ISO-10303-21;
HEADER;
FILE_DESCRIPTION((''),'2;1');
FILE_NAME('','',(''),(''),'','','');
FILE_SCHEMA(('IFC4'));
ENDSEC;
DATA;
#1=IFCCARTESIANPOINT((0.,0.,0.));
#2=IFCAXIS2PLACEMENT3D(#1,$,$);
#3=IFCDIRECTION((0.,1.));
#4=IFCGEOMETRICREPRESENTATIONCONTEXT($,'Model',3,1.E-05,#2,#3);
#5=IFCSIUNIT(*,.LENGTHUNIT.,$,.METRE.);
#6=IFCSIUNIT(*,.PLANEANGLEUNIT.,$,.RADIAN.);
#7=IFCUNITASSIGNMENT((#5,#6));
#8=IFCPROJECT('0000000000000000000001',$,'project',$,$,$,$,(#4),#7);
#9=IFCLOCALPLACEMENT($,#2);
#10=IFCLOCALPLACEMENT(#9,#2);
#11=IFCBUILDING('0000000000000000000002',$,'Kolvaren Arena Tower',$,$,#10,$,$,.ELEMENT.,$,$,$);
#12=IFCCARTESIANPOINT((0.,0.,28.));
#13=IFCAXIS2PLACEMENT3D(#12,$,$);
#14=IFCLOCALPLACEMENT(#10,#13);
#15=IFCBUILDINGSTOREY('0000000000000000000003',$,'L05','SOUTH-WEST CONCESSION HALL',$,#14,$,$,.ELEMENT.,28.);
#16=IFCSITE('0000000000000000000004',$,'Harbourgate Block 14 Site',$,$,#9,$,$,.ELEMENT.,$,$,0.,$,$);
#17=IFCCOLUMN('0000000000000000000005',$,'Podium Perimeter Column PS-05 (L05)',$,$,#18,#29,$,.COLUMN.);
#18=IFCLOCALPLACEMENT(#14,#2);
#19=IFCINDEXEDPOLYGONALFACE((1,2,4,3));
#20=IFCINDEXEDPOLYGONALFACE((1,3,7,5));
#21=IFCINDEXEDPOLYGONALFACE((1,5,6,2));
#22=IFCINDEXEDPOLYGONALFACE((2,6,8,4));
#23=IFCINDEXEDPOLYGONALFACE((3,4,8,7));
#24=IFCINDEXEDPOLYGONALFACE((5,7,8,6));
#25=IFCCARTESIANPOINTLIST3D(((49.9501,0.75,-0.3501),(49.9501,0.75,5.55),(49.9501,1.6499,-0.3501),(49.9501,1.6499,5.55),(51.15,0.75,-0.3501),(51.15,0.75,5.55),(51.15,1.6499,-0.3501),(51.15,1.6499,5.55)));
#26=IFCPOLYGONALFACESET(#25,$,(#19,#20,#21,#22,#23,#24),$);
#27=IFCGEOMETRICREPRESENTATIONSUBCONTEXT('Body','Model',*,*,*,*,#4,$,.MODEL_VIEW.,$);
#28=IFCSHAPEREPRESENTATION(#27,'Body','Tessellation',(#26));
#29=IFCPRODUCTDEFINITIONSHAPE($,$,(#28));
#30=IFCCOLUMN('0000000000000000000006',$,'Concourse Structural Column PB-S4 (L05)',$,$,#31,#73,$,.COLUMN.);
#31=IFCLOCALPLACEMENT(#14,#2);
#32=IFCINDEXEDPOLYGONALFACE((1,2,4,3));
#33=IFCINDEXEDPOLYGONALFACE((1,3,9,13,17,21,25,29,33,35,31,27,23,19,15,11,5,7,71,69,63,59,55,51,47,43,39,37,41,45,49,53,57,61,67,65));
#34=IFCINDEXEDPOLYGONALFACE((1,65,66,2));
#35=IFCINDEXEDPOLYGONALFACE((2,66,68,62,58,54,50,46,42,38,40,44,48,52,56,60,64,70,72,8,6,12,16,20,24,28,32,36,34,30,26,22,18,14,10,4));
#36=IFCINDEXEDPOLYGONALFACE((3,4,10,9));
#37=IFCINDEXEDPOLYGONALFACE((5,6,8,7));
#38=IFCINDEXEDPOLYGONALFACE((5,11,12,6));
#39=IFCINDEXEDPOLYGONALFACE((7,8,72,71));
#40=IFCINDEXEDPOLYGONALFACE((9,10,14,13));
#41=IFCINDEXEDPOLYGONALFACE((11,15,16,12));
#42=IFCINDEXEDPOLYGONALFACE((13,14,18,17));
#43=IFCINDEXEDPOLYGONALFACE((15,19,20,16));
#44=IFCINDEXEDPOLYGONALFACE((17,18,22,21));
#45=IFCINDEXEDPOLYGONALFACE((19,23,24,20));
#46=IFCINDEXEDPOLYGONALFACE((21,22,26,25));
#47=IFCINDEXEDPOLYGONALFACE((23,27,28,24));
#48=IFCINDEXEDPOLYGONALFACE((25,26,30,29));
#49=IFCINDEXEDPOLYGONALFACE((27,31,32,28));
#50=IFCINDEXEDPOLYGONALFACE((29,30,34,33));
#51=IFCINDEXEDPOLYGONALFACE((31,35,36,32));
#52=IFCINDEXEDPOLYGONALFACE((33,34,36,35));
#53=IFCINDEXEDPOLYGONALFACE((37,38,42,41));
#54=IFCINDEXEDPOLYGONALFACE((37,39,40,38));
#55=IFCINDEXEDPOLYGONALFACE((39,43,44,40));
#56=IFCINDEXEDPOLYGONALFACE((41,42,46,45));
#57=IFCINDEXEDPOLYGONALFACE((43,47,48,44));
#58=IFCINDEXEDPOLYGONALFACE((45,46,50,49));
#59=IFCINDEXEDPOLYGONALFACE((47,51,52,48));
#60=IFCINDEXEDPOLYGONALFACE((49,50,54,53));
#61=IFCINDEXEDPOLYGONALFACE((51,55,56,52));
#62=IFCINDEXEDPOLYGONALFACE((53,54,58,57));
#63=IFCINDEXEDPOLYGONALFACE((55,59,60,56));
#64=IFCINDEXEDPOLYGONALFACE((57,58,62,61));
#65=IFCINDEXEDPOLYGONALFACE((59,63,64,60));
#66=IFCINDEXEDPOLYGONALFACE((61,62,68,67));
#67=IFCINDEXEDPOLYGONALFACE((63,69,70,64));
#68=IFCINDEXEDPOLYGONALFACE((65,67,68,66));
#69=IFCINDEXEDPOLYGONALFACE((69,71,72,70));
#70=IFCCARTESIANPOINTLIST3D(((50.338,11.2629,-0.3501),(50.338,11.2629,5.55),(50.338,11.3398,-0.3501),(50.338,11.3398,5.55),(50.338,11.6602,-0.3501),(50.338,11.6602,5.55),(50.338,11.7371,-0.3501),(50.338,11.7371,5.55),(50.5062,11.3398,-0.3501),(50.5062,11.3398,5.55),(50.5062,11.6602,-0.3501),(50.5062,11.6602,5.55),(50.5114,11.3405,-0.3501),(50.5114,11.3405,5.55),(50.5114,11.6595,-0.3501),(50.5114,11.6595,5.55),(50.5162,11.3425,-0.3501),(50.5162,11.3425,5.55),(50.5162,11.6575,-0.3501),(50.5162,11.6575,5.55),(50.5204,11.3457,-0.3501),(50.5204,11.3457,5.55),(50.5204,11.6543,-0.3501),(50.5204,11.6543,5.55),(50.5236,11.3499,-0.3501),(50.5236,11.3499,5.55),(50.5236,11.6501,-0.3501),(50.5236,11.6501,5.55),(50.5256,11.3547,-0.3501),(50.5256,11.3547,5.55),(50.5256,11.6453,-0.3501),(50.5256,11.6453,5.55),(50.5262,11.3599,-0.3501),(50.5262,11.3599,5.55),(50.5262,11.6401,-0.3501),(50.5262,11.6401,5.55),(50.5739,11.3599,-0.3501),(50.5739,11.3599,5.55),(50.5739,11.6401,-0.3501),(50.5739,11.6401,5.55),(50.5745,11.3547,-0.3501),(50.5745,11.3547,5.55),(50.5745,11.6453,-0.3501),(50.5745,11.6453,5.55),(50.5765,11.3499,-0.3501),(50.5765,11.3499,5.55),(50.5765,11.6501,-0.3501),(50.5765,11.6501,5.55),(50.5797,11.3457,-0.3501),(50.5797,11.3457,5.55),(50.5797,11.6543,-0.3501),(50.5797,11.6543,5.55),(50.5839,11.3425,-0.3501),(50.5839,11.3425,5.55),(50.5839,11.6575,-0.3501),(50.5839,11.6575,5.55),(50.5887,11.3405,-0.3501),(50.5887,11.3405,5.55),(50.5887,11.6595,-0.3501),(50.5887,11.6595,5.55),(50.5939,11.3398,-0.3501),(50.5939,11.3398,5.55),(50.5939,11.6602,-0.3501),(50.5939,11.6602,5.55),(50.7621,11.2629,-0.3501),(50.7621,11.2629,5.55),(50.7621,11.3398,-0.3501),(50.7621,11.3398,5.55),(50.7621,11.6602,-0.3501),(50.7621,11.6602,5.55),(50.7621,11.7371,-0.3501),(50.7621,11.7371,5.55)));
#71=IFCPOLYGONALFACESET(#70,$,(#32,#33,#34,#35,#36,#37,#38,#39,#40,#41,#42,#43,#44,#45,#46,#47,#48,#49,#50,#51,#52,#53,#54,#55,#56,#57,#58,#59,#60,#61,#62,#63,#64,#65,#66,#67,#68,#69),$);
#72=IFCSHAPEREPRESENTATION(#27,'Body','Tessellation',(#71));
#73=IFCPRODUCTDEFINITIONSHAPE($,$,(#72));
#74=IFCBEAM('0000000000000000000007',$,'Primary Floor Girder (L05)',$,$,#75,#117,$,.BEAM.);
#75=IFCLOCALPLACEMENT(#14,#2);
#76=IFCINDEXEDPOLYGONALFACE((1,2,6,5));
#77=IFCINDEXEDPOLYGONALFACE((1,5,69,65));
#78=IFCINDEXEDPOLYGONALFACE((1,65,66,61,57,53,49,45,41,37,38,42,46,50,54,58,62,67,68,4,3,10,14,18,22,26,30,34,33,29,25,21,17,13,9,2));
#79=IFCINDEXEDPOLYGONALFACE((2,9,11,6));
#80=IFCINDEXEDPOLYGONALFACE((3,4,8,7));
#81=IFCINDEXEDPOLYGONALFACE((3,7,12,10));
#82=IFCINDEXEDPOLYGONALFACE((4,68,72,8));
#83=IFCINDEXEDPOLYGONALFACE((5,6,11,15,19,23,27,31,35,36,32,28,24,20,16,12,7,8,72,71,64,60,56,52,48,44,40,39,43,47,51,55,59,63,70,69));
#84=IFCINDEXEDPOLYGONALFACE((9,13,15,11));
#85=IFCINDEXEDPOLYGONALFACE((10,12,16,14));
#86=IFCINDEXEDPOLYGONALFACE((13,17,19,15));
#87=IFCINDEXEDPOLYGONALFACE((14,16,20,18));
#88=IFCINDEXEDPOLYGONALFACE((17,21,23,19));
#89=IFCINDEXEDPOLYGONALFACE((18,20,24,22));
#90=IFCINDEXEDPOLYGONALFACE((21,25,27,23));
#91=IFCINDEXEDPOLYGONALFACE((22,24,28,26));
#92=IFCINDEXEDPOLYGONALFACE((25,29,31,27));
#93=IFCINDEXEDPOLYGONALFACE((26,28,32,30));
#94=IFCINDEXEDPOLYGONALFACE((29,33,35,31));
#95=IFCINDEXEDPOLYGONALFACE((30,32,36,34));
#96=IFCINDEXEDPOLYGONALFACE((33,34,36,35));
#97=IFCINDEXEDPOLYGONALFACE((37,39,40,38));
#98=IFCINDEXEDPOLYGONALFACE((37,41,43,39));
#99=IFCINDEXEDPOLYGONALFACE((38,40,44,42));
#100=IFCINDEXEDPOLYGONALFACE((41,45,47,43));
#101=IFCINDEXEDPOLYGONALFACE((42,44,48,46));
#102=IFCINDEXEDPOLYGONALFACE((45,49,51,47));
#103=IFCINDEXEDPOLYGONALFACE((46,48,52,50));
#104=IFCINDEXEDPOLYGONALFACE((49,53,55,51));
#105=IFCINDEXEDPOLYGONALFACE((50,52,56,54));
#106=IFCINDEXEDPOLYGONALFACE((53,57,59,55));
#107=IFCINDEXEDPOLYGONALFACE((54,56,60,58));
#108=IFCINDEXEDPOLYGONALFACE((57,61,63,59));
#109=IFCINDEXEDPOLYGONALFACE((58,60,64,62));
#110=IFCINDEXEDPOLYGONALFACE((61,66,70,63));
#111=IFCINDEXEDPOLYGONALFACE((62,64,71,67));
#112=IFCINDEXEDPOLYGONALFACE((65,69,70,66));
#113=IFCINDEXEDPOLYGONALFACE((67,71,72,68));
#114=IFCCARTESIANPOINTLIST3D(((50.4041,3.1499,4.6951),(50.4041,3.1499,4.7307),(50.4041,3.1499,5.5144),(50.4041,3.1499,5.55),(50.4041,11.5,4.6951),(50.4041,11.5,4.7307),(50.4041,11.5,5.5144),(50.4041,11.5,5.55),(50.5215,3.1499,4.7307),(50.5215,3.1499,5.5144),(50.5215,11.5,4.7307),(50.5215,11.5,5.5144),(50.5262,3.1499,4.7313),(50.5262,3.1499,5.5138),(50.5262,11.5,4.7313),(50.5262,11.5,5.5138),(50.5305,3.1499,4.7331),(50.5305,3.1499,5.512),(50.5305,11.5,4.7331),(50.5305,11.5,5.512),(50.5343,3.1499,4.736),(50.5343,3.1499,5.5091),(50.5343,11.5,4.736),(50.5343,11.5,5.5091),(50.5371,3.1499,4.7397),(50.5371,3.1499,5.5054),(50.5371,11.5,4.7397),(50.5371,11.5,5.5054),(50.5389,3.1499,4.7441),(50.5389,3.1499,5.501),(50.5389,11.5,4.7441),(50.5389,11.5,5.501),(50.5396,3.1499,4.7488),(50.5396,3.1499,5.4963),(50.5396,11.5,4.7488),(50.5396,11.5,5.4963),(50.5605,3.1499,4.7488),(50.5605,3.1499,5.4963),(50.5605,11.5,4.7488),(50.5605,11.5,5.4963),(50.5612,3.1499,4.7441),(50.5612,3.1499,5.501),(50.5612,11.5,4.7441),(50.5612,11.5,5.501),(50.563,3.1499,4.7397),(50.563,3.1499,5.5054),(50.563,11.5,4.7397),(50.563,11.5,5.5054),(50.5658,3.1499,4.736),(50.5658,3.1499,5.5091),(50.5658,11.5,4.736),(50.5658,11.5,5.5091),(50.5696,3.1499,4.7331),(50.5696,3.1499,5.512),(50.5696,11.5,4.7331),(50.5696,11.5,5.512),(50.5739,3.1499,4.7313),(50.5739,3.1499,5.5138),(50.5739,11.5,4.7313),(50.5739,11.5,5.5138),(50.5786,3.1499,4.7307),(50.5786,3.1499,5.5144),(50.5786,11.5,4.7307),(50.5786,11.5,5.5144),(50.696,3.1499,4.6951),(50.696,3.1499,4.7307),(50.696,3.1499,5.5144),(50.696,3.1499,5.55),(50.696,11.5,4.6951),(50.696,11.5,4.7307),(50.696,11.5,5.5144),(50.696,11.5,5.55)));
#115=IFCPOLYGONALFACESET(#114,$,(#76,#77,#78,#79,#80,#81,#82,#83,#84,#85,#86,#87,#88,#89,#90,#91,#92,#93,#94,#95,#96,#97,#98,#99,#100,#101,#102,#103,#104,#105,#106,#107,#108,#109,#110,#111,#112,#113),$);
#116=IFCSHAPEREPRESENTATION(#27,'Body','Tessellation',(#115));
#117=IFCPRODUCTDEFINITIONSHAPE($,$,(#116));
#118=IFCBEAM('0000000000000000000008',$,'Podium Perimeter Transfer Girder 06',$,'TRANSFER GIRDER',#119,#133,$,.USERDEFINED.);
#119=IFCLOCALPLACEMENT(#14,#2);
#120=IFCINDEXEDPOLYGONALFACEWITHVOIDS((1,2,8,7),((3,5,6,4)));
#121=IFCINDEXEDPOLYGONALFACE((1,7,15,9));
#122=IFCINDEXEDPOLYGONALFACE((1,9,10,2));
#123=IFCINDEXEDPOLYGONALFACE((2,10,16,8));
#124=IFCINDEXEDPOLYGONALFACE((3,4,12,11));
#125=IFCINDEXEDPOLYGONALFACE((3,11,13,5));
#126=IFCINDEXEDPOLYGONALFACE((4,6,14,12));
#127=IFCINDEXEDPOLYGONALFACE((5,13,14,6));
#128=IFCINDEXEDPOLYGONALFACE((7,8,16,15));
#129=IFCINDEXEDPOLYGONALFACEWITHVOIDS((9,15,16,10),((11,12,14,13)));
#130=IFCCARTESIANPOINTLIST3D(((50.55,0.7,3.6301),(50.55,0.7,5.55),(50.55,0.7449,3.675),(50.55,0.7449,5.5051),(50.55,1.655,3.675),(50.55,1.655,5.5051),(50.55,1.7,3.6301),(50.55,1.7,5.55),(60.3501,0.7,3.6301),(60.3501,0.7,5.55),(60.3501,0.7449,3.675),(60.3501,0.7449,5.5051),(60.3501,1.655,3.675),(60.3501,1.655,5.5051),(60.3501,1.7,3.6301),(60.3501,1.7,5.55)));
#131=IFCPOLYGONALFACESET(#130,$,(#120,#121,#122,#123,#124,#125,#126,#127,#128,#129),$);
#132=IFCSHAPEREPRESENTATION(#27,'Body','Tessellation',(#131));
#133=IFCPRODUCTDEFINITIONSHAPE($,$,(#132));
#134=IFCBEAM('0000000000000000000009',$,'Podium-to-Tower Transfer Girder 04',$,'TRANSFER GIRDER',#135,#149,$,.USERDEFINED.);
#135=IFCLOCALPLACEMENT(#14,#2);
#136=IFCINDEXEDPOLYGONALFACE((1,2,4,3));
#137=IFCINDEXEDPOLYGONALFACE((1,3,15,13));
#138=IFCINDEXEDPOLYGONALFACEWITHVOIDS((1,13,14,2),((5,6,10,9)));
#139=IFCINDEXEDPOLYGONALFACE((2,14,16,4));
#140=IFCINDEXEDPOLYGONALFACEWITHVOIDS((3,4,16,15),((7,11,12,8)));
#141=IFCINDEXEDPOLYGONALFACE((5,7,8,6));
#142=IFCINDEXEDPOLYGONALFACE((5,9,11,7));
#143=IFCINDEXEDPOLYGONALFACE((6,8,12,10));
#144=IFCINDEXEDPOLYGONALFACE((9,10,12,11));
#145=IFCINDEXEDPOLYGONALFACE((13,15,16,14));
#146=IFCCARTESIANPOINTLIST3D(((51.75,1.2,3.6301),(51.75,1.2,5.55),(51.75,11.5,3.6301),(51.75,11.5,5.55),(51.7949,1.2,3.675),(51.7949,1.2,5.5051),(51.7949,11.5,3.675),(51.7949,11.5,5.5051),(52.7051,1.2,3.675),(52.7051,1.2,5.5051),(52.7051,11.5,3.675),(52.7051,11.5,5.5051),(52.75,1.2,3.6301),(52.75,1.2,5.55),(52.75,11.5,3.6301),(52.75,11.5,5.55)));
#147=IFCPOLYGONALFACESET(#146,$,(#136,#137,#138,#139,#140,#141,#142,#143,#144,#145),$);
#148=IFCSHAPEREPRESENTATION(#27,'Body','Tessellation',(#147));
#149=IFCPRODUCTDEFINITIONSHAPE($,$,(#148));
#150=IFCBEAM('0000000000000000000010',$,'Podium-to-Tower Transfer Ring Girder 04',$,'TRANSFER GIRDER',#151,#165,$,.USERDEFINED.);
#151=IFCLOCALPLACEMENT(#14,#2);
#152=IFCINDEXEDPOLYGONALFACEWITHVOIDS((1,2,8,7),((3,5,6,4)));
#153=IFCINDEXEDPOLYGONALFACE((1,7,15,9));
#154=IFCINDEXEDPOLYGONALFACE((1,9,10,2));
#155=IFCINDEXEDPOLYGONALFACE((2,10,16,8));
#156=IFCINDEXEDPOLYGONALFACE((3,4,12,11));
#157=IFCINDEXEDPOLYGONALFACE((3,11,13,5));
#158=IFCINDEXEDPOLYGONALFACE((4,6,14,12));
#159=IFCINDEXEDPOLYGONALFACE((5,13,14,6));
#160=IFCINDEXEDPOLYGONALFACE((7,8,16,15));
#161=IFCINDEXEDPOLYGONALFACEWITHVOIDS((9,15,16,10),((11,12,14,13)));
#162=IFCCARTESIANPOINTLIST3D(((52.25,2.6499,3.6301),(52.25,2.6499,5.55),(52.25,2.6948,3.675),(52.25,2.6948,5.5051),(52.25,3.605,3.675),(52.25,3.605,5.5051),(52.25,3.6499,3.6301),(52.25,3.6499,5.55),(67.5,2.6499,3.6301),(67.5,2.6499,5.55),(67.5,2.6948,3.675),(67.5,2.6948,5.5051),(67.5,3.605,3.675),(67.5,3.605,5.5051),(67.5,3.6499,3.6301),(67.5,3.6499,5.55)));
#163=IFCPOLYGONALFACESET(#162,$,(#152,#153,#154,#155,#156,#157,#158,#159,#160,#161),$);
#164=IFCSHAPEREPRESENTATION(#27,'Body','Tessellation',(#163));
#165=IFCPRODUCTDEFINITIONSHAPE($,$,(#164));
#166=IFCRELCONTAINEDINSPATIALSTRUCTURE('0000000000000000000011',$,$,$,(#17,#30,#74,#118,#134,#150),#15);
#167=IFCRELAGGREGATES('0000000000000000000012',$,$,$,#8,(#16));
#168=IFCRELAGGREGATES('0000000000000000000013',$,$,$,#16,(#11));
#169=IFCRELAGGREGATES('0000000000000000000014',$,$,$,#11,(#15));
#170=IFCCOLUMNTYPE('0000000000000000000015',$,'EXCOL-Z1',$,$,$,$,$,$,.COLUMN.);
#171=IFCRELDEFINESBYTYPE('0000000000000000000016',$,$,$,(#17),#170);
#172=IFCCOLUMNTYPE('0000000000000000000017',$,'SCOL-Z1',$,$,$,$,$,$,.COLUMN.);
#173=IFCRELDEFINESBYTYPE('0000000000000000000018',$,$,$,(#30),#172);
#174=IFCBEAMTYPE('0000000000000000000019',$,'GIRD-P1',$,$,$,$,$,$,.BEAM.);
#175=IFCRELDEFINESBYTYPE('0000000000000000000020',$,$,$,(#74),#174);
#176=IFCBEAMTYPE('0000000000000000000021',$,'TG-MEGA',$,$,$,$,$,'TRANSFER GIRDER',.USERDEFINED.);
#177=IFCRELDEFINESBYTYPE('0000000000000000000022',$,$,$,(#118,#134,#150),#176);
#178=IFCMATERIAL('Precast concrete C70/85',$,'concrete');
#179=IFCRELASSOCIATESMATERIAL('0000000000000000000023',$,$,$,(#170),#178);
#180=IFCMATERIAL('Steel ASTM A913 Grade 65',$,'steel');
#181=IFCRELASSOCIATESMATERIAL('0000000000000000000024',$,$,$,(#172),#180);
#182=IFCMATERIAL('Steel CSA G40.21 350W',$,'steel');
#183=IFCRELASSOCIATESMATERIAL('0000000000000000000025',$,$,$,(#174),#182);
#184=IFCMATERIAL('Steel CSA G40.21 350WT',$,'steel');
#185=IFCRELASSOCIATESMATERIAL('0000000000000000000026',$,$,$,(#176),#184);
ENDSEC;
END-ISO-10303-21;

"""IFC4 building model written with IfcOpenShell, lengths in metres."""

from ifc_helpers import new_model, si_unit, direction, frame, origin, origin_2d, place, context, subcontext, project, spatial, rectangle, hollow_rectangle, i_section, extrude, material, material_profile, profile_set, type_object, element, save


model = new_model("IFC4")

# Units and contexts
model_context = context("Model", 3, precision=1e-05, world=origin(), true_north=direction((0.0, 1.0)))
body_context = subcontext(model_context, "Body", "Model", "MODEL_VIEW")
ifc_project = project(units=[si_unit("LENGTHUNIT", "METRE"), si_unit("PLANEANGLEUNIT", "RADIAN")], contexts=[model_context])

# Site, building, storey
site_placement = place(None, origin())
site = spatial("IfcSite", under=ifc_project, at=site_placement, Name="Harbourgate Block 14 Site", CompositionType="ELEMENT", RefElevation=0.0)
building_placement = place(site_placement, origin())
building = spatial("IfcBuilding", under=site, at=building_placement, Name="Kolvaren Arena Tower", CompositionType="ELEMENT")
storey_placement = place(building_placement, frame((0.0, 0.0, 28.0)))
storey = spatial("IfcBuildingStorey", under=building, at=storey_placement, Name="L05", Description="SOUTH-WEST CONCESSION HALL", CompositionType="ELEMENT", Elevation=28.0)

# Columns
ifc_material_1 = material(Name="Precast concrete C70/85", Category="concrete")
ifc_material_profile_1 = material_profile(ifc_material_1, rectangle(XDim=1.2, YDim=0.8999, at=origin_2d()), Name="RC-1200x900")
ifc_profile_set_1 = profile_set([ifc_material_profile_1], Name="Precast concrete C70/85")
column_type_1 = type_object("IfcColumnType", Name="EXCOL-Z1", PredefinedType="COLUMN", material=ifc_profile_set_1)
column_1_placement = place(storey_placement, frame((50.55, 1.2, -0.3501), z_axis=(0.0, 0.0, 1.0), x_axis=(1.0, 0.0, 0.0)))
element("IfcColumn", 1, at=column_1_placement, inside=storey, type_object=column_type_1, Name="Podium Perimeter Column PS-05 (L05)", PredefinedType="COLUMN", context=body_context, shape_type="SweptSolid", body=[
    extrude(rectangle(XDim=1.2, YDim=0.8999, at=origin_2d()), origin(), (0.0, 0.0, 1.0), 5.9001),
])
ifc_material_2 = material(Name="Steel ASTM A913 Grade 65", Category="steel")
ifc_material_profile_2 = material_profile(ifc_material_2, i_section(OverallWidth=0.4241, OverallDepth=0.4741, WebThickness=0.0476, FlangeThickness=0.0769, FilletRadius=0.02, at=origin_2d()), Name="W360x634")
ifc_profile_set_2 = profile_set([ifc_material_profile_2], Name="Steel ASTM A913 Grade 65")
column_type_2 = type_object("IfcColumnType", Name="SCOL-Z1", PredefinedType="COLUMN", material=ifc_profile_set_2)
column_2_placement = place(storey_placement, frame((50.55, 11.5, -0.3501), z_axis=(0.0, 0.0, 1.0), x_axis=(1.0, 0.0, 0.0)))
element("IfcColumn", 2, at=column_2_placement, inside=storey, type_object=column_type_2, Name="Concourse Structural Column PB-S4 (L05)", PredefinedType="COLUMN", context=body_context, shape_type="SweptSolid", body=[
    extrude(i_section(OverallWidth=0.4241, OverallDepth=0.4741, WebThickness=0.0476, FlangeThickness=0.0769, FilletRadius=0.02, at=origin_2d()), origin(), (0.0, 0.0, 1.0), 5.9001),
])

# Beams
ifc_material_3 = material(Name="Steel CSA G40.21 350W", Category="steel")
ifc_material_profile_3 = material_profile(ifc_material_3, i_section(OverallWidth=0.292, OverallDepth=0.855, WebThickness=0.021, FlangeThickness=0.0356, FilletRadius=0.0181, at=origin_2d()), Name="W840x299")
ifc_profile_set_3 = profile_set([ifc_material_profile_3], Name="Steel CSA G40.21 350W")
beam_type_1 = type_object("IfcBeamType", Name="GIRD-P1", PredefinedType="BEAM", material=ifc_profile_set_3)
beam_1_placement = place(storey_placement, frame((50.55, 3.1499, 5.1226), z_axis=(0.0, 1.0, 0.0), x_axis=(-1.0, 0.0, 0.0)))
element("IfcBeam", 3, at=beam_1_placement, inside=storey, type_object=beam_type_1, Name="Primary Floor Girder (L05)", PredefinedType="BEAM", context=body_context, shape_type="SweptSolid", body=[
    extrude(i_section(OverallWidth=0.292, OverallDepth=0.855, WebThickness=0.021, FlangeThickness=0.0356, FilletRadius=0.0181, at=origin_2d()), origin(), (0.0, 0.0, 1.0), 8.3501),
])
ifc_material_4 = material(Name="Steel CSA G40.21 350WT", Category="steel")
ifc_material_profile_4 = material_profile(ifc_material_4, hollow_rectangle(XDim=1.0, YDim=1.9199, WallThickness=0.0449, at=origin_2d()), Name="BOX 1000x1920x45")
ifc_profile_set_4 = profile_set([ifc_material_profile_4], Name="Steel CSA G40.21 350WT")
beam_type_2 = type_object("IfcBeamType", Name="TG-MEGA", ElementType="TRANSFER GIRDER", PredefinedType="USERDEFINED", material=ifc_profile_set_4)
beam_2_placement = place(storey_placement, frame((50.55, 1.2, 4.5901), z_axis=(1.0, 0.0, 0.0), x_axis=(0.0, 1.0, 0.0)))
element("IfcBeam", 4, at=beam_2_placement, inside=storey, type_object=beam_type_2, Name="Podium Perimeter Transfer Girder 06", ObjectType="TRANSFER GIRDER", PredefinedType="USERDEFINED", context=body_context, shape_type="SweptSolid", body=[
    extrude(hollow_rectangle(XDim=1.0, YDim=1.9199, WallThickness=0.0449, at=origin_2d()), origin(), (0.0, 0.0, 1.0), 9.8),
])
beam_3_placement = place(storey_placement, frame((52.25, 1.2, 4.5901), z_axis=(0.0, 1.0, 0.0), x_axis=(-1.0, 0.0, 0.0)))
element("IfcBeam", 5, at=beam_3_placement, inside=storey, type_object=beam_type_2, Name="Podium-to-Tower Transfer Girder 04", ObjectType="TRANSFER GIRDER", PredefinedType="USERDEFINED", context=body_context, shape_type="SweptSolid", body=[
    extrude(hollow_rectangle(XDim=1.0, YDim=1.9199, WallThickness=0.0449, at=origin_2d()), origin(), (0.0, 0.0, 1.0), 10.3),
])
beam_4_placement = place(storey_placement, frame((52.25, 3.1499, 4.5901), z_axis=(1.0, 0.0, 0.0), x_axis=(0.0, 1.0, 0.0)))
element("IfcBeam", 6, at=beam_4_placement, inside=storey, type_object=beam_type_2, Name="Podium-to-Tower Transfer Ring Girder 04", ObjectType="TRANSFER GIRDER", PredefinedType="USERDEFINED", context=body_context, shape_type="SweptSolid", body=[
    extrude(hollow_rectangle(XDim=1.0, YDim=1.9199, WallThickness=0.0449, at=origin_2d()), origin(), (0.0, 0.0, 1.0), 15.25),
])

save(model, "model.ifc")
